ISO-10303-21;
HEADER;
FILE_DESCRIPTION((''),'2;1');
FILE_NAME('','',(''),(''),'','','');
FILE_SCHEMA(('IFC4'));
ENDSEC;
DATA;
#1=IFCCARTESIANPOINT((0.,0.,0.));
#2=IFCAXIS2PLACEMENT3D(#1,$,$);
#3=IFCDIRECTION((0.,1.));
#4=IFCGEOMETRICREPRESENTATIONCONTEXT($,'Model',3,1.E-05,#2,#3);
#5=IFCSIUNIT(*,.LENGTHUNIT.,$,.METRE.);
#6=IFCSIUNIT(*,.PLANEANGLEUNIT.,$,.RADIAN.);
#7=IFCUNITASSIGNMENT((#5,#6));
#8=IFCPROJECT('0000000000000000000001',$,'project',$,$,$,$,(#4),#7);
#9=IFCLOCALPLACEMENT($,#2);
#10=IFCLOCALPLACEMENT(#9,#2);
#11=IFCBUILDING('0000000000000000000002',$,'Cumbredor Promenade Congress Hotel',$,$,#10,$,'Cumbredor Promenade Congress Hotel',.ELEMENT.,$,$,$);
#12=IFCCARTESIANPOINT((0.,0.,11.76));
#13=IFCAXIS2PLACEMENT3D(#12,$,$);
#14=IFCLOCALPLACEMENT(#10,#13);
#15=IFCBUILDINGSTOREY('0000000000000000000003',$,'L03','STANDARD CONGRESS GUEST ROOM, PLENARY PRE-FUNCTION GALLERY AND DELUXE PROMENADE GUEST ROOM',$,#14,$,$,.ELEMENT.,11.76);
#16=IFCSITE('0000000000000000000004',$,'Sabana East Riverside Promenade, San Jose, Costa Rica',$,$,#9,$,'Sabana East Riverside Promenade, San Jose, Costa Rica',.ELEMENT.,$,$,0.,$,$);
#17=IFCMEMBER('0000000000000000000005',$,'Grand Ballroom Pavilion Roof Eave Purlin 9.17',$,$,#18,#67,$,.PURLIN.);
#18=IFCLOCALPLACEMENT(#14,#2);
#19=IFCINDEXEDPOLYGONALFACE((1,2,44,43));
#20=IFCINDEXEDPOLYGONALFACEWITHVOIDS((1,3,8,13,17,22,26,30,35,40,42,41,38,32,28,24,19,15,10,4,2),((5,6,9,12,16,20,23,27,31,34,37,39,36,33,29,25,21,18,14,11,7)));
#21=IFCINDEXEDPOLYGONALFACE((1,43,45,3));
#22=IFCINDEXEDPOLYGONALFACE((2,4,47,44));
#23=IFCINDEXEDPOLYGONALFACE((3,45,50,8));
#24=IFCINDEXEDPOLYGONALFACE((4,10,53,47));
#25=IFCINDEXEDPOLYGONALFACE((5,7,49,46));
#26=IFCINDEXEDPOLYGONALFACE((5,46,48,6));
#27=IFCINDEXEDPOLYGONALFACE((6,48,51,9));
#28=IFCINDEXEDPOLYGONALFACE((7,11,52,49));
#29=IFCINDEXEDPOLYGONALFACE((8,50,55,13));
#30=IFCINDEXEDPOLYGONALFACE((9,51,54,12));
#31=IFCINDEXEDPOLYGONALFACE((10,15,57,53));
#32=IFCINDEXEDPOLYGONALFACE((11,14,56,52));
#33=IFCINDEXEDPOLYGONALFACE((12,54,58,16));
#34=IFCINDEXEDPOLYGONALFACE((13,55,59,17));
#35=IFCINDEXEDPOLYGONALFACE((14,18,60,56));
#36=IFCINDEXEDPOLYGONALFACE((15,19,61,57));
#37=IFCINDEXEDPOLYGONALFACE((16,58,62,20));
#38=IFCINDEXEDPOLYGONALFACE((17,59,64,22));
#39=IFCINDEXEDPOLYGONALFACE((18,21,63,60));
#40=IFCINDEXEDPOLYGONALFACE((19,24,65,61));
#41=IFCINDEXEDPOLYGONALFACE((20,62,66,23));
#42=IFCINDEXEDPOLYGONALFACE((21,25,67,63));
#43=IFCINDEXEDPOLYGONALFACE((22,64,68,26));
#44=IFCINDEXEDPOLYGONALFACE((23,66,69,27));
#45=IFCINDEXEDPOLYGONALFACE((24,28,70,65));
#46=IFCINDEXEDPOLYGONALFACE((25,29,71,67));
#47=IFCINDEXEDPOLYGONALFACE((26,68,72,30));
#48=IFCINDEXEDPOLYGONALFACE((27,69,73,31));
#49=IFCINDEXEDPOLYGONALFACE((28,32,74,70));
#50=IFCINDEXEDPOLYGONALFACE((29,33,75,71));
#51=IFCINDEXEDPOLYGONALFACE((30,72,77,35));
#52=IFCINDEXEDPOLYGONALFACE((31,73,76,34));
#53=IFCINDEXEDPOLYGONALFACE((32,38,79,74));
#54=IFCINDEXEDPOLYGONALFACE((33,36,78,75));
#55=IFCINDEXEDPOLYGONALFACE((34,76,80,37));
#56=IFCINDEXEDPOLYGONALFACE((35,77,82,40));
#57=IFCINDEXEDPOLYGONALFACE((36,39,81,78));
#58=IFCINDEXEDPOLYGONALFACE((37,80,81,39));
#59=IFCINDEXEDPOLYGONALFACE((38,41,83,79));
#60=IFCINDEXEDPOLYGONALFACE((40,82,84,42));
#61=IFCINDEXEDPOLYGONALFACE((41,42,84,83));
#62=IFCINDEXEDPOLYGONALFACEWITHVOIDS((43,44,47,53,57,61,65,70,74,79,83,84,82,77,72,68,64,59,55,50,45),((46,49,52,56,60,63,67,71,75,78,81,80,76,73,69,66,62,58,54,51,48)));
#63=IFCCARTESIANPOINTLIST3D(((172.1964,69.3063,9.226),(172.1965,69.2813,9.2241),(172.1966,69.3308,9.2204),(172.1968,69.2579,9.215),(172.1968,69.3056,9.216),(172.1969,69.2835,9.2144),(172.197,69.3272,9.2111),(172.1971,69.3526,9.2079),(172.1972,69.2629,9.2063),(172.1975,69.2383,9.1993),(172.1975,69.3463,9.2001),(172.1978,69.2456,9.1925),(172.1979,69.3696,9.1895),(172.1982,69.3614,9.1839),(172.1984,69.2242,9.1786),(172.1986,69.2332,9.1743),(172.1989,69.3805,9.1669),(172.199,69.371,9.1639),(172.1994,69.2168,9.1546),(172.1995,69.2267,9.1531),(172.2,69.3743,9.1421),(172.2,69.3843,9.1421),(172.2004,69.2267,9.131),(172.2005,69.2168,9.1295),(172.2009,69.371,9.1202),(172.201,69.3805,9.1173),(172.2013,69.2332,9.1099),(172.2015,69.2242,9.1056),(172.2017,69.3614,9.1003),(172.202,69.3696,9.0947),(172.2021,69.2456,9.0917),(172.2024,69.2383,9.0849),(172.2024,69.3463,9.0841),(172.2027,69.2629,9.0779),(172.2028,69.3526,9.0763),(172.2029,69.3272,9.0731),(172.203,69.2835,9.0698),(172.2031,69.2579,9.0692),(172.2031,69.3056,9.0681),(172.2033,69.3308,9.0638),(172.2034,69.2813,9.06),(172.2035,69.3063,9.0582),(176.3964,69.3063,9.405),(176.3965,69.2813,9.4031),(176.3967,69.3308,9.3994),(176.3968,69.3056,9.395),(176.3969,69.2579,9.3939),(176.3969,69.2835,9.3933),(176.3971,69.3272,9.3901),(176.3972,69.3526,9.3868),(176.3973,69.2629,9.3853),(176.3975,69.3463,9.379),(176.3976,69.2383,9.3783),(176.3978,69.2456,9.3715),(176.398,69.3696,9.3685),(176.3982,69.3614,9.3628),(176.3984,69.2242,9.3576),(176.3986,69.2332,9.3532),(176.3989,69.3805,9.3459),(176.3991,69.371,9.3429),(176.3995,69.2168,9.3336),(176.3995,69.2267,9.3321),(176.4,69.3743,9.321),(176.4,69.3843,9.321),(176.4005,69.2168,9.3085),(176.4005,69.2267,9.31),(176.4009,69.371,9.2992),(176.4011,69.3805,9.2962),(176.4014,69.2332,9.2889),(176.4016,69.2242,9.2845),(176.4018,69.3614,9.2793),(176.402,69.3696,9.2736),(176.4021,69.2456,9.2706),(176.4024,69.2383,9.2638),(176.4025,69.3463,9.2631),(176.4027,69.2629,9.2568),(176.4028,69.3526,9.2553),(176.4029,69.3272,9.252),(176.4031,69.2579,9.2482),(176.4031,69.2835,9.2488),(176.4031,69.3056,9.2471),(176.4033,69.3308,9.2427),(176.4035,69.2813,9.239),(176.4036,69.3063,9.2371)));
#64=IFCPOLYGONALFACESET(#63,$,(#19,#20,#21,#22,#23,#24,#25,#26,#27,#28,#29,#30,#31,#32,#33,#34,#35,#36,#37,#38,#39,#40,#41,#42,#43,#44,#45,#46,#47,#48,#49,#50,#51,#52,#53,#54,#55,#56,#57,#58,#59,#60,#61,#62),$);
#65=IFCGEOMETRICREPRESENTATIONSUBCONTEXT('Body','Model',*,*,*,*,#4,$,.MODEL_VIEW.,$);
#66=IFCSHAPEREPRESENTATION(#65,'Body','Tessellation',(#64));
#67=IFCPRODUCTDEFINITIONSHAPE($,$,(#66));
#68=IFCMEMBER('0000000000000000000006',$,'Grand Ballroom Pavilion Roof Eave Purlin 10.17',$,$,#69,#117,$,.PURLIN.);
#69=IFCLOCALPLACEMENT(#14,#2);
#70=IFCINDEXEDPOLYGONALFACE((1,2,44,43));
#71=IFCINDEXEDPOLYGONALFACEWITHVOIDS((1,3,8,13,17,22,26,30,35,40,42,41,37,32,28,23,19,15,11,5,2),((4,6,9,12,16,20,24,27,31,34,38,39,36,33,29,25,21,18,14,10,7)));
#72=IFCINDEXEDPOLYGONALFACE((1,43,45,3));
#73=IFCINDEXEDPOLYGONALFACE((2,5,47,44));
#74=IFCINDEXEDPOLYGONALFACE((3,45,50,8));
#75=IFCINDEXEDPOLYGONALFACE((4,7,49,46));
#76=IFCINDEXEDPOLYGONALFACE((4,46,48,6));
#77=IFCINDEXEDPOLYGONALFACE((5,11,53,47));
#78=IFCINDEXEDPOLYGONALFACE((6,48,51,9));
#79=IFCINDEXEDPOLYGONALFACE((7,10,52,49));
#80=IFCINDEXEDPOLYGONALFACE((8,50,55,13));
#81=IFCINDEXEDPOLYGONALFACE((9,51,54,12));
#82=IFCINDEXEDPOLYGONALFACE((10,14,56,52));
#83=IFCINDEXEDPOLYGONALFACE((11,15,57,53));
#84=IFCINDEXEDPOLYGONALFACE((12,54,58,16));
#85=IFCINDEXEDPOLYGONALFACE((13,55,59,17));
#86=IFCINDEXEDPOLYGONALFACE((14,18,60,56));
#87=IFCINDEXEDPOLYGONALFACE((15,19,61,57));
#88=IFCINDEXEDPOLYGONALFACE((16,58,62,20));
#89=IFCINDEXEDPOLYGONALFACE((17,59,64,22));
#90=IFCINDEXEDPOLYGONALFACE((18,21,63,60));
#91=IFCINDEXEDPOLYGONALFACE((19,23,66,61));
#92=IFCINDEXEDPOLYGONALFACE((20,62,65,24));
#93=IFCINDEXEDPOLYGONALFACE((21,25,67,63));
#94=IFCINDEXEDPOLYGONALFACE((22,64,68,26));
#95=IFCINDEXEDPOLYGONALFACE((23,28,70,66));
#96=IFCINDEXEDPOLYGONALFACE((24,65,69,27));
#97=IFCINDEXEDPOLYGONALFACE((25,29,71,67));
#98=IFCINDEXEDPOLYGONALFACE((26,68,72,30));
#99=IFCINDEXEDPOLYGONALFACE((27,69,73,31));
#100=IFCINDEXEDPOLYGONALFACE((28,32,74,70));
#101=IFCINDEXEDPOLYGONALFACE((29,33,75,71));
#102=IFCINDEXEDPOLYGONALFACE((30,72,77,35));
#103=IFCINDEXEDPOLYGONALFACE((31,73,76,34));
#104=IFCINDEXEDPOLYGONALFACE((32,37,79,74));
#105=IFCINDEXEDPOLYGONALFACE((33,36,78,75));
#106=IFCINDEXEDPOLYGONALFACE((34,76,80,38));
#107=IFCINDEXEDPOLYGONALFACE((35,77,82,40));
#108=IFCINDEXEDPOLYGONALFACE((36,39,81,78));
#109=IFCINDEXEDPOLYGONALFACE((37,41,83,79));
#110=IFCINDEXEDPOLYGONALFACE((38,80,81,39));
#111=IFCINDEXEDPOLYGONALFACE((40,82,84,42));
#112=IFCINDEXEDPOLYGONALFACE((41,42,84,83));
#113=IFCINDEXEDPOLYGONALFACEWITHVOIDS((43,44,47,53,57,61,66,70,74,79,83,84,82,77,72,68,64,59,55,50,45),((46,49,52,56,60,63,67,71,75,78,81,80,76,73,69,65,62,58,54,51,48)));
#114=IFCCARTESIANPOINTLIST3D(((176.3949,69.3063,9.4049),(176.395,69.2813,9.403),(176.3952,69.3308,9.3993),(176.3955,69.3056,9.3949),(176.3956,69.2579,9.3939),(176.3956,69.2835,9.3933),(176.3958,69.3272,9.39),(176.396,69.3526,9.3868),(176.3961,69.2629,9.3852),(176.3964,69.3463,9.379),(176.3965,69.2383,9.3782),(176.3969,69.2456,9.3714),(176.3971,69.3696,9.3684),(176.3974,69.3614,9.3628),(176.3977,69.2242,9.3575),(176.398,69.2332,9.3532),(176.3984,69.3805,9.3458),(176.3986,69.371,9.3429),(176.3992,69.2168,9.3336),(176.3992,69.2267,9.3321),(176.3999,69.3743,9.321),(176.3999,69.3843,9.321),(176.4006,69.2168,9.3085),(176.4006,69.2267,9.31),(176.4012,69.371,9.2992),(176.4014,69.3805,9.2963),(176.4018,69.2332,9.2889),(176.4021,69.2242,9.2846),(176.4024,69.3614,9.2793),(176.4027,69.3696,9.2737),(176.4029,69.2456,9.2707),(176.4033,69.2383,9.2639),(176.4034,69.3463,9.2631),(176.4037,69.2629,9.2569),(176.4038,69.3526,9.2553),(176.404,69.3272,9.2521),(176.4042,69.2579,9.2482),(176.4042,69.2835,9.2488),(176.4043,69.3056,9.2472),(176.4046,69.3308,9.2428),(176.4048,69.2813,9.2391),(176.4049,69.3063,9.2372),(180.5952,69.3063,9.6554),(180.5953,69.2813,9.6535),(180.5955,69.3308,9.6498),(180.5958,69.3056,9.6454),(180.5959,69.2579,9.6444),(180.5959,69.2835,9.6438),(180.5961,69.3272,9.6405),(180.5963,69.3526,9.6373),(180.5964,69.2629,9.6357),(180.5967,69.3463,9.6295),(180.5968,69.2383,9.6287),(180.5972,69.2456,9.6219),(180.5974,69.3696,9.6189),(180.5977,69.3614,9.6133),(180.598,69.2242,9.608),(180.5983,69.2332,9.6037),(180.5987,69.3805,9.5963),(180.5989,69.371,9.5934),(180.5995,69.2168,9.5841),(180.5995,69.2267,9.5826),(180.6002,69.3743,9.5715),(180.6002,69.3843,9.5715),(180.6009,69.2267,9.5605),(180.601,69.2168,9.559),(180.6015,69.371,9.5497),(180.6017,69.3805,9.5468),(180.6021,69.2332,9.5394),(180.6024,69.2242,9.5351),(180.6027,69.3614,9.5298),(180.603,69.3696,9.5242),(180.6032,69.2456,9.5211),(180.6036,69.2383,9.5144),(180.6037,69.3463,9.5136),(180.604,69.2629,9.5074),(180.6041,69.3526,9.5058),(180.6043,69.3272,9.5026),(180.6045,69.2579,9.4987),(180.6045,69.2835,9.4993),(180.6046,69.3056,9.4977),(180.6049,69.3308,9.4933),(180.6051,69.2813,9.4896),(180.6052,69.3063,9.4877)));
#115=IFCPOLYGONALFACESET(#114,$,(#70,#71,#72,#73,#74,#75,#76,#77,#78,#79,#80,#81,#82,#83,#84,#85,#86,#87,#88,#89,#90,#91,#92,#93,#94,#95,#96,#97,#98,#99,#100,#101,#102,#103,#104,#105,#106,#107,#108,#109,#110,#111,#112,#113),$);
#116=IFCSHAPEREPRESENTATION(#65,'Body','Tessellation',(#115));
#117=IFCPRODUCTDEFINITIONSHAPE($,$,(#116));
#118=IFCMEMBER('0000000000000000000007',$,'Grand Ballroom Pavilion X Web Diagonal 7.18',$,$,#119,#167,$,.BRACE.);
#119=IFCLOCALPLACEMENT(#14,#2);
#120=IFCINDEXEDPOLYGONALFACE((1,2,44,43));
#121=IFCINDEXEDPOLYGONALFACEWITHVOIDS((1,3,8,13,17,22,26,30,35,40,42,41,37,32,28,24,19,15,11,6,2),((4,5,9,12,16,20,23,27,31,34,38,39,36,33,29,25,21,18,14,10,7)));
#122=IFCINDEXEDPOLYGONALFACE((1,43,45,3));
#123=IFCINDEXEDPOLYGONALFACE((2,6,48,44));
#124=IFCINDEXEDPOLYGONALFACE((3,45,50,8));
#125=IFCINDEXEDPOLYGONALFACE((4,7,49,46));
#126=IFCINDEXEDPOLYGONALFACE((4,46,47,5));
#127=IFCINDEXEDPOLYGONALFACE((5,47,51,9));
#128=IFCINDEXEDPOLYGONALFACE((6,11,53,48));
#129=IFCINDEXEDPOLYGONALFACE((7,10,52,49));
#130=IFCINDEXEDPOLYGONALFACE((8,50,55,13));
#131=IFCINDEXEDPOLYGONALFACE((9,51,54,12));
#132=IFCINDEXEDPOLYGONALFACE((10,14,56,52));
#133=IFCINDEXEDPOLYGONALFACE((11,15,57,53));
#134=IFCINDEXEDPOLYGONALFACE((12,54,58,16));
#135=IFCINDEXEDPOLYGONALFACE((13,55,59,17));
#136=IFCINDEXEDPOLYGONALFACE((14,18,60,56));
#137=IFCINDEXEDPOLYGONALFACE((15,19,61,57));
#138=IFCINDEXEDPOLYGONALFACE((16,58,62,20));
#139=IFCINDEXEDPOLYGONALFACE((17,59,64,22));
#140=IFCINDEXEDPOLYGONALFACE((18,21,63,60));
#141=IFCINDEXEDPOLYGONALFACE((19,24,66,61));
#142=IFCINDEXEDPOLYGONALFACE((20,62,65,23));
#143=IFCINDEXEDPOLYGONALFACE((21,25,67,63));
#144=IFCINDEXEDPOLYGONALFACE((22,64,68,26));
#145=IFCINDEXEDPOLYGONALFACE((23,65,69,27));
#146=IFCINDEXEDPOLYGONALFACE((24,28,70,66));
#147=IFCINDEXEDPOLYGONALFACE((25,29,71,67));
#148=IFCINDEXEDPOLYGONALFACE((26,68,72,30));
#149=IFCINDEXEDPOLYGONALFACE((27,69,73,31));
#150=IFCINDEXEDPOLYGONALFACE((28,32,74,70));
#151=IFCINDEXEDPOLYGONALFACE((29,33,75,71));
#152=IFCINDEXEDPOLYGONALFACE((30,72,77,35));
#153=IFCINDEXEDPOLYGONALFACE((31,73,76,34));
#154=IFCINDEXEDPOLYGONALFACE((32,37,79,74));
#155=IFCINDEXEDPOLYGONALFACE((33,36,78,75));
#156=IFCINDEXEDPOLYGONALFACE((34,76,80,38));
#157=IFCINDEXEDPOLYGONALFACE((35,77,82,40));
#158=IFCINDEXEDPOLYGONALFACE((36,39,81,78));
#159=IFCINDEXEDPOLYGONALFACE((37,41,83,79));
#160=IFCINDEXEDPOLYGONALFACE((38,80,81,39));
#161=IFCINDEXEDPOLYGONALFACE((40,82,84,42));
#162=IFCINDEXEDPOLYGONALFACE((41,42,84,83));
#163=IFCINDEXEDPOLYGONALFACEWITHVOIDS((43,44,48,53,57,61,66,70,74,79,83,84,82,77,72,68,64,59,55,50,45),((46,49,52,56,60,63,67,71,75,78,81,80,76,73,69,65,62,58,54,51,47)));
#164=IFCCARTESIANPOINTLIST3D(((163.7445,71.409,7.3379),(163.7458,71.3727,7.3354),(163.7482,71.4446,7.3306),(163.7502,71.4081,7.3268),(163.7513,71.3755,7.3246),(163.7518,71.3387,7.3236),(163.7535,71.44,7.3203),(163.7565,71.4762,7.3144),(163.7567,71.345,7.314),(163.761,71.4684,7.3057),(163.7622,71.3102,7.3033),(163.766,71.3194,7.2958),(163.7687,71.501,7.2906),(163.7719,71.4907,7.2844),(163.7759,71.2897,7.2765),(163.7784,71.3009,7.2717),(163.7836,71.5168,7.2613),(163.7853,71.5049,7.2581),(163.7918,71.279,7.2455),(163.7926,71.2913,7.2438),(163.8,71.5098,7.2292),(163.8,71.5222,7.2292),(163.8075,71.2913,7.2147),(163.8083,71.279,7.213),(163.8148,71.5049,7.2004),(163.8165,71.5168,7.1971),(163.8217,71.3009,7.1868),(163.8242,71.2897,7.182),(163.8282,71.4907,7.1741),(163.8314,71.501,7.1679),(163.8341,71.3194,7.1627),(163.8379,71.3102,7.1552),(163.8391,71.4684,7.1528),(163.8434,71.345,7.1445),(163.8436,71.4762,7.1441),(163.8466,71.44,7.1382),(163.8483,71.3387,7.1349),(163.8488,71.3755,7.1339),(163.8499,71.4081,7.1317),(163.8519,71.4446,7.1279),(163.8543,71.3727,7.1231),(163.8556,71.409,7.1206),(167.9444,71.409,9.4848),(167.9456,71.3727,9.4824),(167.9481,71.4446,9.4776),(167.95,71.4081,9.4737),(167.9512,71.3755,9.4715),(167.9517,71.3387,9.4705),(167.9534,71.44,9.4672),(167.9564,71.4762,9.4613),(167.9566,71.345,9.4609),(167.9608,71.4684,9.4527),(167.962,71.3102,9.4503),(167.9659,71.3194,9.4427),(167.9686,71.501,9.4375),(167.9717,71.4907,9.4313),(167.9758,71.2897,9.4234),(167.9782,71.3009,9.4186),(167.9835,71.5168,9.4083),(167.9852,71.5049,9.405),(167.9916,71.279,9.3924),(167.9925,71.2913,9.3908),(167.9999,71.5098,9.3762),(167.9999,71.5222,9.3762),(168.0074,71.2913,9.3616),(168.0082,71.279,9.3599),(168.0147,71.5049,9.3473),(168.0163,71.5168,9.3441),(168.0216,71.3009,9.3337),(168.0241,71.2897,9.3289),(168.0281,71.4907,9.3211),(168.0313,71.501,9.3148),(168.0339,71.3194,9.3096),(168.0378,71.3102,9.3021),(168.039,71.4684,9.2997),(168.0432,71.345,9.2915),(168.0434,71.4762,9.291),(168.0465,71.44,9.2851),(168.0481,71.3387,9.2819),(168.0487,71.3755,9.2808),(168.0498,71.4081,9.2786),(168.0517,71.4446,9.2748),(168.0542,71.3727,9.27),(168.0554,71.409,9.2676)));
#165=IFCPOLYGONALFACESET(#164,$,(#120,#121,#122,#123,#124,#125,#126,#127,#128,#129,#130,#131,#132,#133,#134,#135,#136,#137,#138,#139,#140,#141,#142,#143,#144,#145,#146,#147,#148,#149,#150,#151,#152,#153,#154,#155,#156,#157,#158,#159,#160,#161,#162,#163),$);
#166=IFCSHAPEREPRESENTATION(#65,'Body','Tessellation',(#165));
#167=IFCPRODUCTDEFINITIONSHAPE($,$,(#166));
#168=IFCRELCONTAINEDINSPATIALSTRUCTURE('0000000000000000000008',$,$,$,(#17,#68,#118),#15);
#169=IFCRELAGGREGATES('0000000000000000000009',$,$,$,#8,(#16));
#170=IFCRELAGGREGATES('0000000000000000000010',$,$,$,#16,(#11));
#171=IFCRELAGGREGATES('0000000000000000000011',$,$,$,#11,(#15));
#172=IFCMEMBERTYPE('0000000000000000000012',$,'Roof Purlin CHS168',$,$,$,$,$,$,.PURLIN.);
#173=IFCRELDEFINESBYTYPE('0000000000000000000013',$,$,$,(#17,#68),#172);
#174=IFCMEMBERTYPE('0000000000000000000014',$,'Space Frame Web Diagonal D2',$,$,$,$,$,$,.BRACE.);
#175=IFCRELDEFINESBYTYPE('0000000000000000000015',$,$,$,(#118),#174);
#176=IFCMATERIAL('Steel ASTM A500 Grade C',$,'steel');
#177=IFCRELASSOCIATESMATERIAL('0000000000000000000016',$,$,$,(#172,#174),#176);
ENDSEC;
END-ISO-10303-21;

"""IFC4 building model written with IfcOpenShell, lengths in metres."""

from ifc_helpers import new_model, si_unit, direction, frame, origin, origin_2d, place, context, subcontext, project, spatial, hollow_circle, extrude, material, material_profile, profile_set, type_object, element, save


model = new_model("IFC4")

# Units and contexts
model_context = context("Model", 3, precision=1e-05, world=origin(), true_north=direction((0.0, 1.0)))
body_context = subcontext(model_context, "Body", "Model", "MODEL_VIEW")
ifc_project = project(units=[si_unit("LENGTHUNIT", "METRE"), si_unit("PLANEANGLEUNIT", "RADIAN")], contexts=[model_context])

# Site, building, storey
site_placement = place(None, origin())
site = spatial("IfcSite", under=ifc_project, at=site_placement, Name="Sabana East Riverside Promenade, San Jose, Costa Rica", LongName="Sabana East Riverside Promenade, San Jose, Costa Rica", CompositionType="ELEMENT", RefElevation=0.0)
building_placement = place(site_placement, origin())
building = spatial("IfcBuilding", under=site, at=building_placement, Name="Cumbredor Promenade Congress Hotel", LongName="Cumbredor Promenade Congress Hotel", CompositionType="ELEMENT")
storey_placement = place(building_placement, frame((0.0, 0.0, 11.76)))
storey = spatial("IfcBuildingStorey", under=building, at=storey_placement, Name="L03", Description="STANDARD CONGRESS GUEST ROOM, PLENARY PRE-FUNCTION GALLERY AND DELUXE PROMENADE GUEST ROOM", CompositionType="ELEMENT", Elevation=11.76)

# Members
ifc_material_1 = material(Name="Steel ASTM A500 Grade C", Category="steel")
ifc_material_profile_1 = material_profile(ifc_material_1, hollow_circle(Radius=0.0842, WallThickness=0.01, at=origin_2d()), Name="CHS 168.3x10")
ifc_profile_set_1 = profile_set([ifc_material_profile_1], Name="Steel ASTM A500 Grade C")
member_type_1 = type_object("IfcMemberType", Name="Roof Purlin CHS168", PredefinedType="PURLIN", material=ifc_profile_set_1)
member_1_placement = place(storey_placement, frame((172.2, 69.3, 9.1421), z_axis=(0.999093, 0.0, 0.04257), x_axis=(0.0, 1.0, 0.0)))
element("IfcMember", 1, at=member_1_placement, inside=storey, type_object=member_type_1, Name="Grand Ballroom Pavilion Roof Eave Purlin 9.17", PredefinedType="PURLIN", context=body_context, shape_type="SweptSolid", body=[
    extrude(hollow_circle(Radius=0.0842, WallThickness=0.01, at=origin_2d()), origin(), (0.0, 0.0, 1.0), 4.2039),
])
member_2_placement = place(storey_placement, frame((176.3999, 69.3, 9.321), z_axis=(0.998226, 0.0, 0.059532), x_axis=(0.0, 1.0, 0.0)))
element("IfcMember", 2, at=member_2_placement, inside=storey, type_object=member_type_1, Name="Grand Ballroom Pavilion Roof Eave Purlin 10.17", PredefinedType="PURLIN", context=body_context, shape_type="SweptSolid", body=[
    extrude(hollow_circle(Radius=0.0842, WallThickness=0.01, at=origin_2d()), origin(), (0.0, 0.0, 1.0), 4.2078),
])
ifc_material_profile_2 = material_profile(ifc_material_1, hollow_circle(Radius=0.1223, WallThickness=0.0125, at=origin_2d()), Name="CHS 244.5x12.5")
ifc_profile_set_2 = profile_set([ifc_material_profile_2], Name="Steel ASTM A500 Grade C")
member_type_2 = type_object("IfcMemberType", Name="Space Frame Web Diagonal D2", PredefinedType="BRACE", material=ifc_profile_set_2)
member_3_placement = place(storey_placement, frame((163.8, 71.3999, 7.2292), z_axis=(0.890406, 0.0, 0.455167), x_axis=(0.0, 1.0, 0.0)))
element("IfcMember", 3, at=member_3_placement, inside=storey, type_object=member_type_2, Name="Grand Ballroom Pavilion X Web Diagonal 7.18", PredefinedType="BRACE", context=body_context, shape_type="SweptSolid", body=[
    extrude(hollow_circle(Radius=0.1223, WallThickness=0.0125, at=origin_2d()), origin(), (0.0, 0.0, 1.0), 4.7168),
])

save(model, "model.ifc")
